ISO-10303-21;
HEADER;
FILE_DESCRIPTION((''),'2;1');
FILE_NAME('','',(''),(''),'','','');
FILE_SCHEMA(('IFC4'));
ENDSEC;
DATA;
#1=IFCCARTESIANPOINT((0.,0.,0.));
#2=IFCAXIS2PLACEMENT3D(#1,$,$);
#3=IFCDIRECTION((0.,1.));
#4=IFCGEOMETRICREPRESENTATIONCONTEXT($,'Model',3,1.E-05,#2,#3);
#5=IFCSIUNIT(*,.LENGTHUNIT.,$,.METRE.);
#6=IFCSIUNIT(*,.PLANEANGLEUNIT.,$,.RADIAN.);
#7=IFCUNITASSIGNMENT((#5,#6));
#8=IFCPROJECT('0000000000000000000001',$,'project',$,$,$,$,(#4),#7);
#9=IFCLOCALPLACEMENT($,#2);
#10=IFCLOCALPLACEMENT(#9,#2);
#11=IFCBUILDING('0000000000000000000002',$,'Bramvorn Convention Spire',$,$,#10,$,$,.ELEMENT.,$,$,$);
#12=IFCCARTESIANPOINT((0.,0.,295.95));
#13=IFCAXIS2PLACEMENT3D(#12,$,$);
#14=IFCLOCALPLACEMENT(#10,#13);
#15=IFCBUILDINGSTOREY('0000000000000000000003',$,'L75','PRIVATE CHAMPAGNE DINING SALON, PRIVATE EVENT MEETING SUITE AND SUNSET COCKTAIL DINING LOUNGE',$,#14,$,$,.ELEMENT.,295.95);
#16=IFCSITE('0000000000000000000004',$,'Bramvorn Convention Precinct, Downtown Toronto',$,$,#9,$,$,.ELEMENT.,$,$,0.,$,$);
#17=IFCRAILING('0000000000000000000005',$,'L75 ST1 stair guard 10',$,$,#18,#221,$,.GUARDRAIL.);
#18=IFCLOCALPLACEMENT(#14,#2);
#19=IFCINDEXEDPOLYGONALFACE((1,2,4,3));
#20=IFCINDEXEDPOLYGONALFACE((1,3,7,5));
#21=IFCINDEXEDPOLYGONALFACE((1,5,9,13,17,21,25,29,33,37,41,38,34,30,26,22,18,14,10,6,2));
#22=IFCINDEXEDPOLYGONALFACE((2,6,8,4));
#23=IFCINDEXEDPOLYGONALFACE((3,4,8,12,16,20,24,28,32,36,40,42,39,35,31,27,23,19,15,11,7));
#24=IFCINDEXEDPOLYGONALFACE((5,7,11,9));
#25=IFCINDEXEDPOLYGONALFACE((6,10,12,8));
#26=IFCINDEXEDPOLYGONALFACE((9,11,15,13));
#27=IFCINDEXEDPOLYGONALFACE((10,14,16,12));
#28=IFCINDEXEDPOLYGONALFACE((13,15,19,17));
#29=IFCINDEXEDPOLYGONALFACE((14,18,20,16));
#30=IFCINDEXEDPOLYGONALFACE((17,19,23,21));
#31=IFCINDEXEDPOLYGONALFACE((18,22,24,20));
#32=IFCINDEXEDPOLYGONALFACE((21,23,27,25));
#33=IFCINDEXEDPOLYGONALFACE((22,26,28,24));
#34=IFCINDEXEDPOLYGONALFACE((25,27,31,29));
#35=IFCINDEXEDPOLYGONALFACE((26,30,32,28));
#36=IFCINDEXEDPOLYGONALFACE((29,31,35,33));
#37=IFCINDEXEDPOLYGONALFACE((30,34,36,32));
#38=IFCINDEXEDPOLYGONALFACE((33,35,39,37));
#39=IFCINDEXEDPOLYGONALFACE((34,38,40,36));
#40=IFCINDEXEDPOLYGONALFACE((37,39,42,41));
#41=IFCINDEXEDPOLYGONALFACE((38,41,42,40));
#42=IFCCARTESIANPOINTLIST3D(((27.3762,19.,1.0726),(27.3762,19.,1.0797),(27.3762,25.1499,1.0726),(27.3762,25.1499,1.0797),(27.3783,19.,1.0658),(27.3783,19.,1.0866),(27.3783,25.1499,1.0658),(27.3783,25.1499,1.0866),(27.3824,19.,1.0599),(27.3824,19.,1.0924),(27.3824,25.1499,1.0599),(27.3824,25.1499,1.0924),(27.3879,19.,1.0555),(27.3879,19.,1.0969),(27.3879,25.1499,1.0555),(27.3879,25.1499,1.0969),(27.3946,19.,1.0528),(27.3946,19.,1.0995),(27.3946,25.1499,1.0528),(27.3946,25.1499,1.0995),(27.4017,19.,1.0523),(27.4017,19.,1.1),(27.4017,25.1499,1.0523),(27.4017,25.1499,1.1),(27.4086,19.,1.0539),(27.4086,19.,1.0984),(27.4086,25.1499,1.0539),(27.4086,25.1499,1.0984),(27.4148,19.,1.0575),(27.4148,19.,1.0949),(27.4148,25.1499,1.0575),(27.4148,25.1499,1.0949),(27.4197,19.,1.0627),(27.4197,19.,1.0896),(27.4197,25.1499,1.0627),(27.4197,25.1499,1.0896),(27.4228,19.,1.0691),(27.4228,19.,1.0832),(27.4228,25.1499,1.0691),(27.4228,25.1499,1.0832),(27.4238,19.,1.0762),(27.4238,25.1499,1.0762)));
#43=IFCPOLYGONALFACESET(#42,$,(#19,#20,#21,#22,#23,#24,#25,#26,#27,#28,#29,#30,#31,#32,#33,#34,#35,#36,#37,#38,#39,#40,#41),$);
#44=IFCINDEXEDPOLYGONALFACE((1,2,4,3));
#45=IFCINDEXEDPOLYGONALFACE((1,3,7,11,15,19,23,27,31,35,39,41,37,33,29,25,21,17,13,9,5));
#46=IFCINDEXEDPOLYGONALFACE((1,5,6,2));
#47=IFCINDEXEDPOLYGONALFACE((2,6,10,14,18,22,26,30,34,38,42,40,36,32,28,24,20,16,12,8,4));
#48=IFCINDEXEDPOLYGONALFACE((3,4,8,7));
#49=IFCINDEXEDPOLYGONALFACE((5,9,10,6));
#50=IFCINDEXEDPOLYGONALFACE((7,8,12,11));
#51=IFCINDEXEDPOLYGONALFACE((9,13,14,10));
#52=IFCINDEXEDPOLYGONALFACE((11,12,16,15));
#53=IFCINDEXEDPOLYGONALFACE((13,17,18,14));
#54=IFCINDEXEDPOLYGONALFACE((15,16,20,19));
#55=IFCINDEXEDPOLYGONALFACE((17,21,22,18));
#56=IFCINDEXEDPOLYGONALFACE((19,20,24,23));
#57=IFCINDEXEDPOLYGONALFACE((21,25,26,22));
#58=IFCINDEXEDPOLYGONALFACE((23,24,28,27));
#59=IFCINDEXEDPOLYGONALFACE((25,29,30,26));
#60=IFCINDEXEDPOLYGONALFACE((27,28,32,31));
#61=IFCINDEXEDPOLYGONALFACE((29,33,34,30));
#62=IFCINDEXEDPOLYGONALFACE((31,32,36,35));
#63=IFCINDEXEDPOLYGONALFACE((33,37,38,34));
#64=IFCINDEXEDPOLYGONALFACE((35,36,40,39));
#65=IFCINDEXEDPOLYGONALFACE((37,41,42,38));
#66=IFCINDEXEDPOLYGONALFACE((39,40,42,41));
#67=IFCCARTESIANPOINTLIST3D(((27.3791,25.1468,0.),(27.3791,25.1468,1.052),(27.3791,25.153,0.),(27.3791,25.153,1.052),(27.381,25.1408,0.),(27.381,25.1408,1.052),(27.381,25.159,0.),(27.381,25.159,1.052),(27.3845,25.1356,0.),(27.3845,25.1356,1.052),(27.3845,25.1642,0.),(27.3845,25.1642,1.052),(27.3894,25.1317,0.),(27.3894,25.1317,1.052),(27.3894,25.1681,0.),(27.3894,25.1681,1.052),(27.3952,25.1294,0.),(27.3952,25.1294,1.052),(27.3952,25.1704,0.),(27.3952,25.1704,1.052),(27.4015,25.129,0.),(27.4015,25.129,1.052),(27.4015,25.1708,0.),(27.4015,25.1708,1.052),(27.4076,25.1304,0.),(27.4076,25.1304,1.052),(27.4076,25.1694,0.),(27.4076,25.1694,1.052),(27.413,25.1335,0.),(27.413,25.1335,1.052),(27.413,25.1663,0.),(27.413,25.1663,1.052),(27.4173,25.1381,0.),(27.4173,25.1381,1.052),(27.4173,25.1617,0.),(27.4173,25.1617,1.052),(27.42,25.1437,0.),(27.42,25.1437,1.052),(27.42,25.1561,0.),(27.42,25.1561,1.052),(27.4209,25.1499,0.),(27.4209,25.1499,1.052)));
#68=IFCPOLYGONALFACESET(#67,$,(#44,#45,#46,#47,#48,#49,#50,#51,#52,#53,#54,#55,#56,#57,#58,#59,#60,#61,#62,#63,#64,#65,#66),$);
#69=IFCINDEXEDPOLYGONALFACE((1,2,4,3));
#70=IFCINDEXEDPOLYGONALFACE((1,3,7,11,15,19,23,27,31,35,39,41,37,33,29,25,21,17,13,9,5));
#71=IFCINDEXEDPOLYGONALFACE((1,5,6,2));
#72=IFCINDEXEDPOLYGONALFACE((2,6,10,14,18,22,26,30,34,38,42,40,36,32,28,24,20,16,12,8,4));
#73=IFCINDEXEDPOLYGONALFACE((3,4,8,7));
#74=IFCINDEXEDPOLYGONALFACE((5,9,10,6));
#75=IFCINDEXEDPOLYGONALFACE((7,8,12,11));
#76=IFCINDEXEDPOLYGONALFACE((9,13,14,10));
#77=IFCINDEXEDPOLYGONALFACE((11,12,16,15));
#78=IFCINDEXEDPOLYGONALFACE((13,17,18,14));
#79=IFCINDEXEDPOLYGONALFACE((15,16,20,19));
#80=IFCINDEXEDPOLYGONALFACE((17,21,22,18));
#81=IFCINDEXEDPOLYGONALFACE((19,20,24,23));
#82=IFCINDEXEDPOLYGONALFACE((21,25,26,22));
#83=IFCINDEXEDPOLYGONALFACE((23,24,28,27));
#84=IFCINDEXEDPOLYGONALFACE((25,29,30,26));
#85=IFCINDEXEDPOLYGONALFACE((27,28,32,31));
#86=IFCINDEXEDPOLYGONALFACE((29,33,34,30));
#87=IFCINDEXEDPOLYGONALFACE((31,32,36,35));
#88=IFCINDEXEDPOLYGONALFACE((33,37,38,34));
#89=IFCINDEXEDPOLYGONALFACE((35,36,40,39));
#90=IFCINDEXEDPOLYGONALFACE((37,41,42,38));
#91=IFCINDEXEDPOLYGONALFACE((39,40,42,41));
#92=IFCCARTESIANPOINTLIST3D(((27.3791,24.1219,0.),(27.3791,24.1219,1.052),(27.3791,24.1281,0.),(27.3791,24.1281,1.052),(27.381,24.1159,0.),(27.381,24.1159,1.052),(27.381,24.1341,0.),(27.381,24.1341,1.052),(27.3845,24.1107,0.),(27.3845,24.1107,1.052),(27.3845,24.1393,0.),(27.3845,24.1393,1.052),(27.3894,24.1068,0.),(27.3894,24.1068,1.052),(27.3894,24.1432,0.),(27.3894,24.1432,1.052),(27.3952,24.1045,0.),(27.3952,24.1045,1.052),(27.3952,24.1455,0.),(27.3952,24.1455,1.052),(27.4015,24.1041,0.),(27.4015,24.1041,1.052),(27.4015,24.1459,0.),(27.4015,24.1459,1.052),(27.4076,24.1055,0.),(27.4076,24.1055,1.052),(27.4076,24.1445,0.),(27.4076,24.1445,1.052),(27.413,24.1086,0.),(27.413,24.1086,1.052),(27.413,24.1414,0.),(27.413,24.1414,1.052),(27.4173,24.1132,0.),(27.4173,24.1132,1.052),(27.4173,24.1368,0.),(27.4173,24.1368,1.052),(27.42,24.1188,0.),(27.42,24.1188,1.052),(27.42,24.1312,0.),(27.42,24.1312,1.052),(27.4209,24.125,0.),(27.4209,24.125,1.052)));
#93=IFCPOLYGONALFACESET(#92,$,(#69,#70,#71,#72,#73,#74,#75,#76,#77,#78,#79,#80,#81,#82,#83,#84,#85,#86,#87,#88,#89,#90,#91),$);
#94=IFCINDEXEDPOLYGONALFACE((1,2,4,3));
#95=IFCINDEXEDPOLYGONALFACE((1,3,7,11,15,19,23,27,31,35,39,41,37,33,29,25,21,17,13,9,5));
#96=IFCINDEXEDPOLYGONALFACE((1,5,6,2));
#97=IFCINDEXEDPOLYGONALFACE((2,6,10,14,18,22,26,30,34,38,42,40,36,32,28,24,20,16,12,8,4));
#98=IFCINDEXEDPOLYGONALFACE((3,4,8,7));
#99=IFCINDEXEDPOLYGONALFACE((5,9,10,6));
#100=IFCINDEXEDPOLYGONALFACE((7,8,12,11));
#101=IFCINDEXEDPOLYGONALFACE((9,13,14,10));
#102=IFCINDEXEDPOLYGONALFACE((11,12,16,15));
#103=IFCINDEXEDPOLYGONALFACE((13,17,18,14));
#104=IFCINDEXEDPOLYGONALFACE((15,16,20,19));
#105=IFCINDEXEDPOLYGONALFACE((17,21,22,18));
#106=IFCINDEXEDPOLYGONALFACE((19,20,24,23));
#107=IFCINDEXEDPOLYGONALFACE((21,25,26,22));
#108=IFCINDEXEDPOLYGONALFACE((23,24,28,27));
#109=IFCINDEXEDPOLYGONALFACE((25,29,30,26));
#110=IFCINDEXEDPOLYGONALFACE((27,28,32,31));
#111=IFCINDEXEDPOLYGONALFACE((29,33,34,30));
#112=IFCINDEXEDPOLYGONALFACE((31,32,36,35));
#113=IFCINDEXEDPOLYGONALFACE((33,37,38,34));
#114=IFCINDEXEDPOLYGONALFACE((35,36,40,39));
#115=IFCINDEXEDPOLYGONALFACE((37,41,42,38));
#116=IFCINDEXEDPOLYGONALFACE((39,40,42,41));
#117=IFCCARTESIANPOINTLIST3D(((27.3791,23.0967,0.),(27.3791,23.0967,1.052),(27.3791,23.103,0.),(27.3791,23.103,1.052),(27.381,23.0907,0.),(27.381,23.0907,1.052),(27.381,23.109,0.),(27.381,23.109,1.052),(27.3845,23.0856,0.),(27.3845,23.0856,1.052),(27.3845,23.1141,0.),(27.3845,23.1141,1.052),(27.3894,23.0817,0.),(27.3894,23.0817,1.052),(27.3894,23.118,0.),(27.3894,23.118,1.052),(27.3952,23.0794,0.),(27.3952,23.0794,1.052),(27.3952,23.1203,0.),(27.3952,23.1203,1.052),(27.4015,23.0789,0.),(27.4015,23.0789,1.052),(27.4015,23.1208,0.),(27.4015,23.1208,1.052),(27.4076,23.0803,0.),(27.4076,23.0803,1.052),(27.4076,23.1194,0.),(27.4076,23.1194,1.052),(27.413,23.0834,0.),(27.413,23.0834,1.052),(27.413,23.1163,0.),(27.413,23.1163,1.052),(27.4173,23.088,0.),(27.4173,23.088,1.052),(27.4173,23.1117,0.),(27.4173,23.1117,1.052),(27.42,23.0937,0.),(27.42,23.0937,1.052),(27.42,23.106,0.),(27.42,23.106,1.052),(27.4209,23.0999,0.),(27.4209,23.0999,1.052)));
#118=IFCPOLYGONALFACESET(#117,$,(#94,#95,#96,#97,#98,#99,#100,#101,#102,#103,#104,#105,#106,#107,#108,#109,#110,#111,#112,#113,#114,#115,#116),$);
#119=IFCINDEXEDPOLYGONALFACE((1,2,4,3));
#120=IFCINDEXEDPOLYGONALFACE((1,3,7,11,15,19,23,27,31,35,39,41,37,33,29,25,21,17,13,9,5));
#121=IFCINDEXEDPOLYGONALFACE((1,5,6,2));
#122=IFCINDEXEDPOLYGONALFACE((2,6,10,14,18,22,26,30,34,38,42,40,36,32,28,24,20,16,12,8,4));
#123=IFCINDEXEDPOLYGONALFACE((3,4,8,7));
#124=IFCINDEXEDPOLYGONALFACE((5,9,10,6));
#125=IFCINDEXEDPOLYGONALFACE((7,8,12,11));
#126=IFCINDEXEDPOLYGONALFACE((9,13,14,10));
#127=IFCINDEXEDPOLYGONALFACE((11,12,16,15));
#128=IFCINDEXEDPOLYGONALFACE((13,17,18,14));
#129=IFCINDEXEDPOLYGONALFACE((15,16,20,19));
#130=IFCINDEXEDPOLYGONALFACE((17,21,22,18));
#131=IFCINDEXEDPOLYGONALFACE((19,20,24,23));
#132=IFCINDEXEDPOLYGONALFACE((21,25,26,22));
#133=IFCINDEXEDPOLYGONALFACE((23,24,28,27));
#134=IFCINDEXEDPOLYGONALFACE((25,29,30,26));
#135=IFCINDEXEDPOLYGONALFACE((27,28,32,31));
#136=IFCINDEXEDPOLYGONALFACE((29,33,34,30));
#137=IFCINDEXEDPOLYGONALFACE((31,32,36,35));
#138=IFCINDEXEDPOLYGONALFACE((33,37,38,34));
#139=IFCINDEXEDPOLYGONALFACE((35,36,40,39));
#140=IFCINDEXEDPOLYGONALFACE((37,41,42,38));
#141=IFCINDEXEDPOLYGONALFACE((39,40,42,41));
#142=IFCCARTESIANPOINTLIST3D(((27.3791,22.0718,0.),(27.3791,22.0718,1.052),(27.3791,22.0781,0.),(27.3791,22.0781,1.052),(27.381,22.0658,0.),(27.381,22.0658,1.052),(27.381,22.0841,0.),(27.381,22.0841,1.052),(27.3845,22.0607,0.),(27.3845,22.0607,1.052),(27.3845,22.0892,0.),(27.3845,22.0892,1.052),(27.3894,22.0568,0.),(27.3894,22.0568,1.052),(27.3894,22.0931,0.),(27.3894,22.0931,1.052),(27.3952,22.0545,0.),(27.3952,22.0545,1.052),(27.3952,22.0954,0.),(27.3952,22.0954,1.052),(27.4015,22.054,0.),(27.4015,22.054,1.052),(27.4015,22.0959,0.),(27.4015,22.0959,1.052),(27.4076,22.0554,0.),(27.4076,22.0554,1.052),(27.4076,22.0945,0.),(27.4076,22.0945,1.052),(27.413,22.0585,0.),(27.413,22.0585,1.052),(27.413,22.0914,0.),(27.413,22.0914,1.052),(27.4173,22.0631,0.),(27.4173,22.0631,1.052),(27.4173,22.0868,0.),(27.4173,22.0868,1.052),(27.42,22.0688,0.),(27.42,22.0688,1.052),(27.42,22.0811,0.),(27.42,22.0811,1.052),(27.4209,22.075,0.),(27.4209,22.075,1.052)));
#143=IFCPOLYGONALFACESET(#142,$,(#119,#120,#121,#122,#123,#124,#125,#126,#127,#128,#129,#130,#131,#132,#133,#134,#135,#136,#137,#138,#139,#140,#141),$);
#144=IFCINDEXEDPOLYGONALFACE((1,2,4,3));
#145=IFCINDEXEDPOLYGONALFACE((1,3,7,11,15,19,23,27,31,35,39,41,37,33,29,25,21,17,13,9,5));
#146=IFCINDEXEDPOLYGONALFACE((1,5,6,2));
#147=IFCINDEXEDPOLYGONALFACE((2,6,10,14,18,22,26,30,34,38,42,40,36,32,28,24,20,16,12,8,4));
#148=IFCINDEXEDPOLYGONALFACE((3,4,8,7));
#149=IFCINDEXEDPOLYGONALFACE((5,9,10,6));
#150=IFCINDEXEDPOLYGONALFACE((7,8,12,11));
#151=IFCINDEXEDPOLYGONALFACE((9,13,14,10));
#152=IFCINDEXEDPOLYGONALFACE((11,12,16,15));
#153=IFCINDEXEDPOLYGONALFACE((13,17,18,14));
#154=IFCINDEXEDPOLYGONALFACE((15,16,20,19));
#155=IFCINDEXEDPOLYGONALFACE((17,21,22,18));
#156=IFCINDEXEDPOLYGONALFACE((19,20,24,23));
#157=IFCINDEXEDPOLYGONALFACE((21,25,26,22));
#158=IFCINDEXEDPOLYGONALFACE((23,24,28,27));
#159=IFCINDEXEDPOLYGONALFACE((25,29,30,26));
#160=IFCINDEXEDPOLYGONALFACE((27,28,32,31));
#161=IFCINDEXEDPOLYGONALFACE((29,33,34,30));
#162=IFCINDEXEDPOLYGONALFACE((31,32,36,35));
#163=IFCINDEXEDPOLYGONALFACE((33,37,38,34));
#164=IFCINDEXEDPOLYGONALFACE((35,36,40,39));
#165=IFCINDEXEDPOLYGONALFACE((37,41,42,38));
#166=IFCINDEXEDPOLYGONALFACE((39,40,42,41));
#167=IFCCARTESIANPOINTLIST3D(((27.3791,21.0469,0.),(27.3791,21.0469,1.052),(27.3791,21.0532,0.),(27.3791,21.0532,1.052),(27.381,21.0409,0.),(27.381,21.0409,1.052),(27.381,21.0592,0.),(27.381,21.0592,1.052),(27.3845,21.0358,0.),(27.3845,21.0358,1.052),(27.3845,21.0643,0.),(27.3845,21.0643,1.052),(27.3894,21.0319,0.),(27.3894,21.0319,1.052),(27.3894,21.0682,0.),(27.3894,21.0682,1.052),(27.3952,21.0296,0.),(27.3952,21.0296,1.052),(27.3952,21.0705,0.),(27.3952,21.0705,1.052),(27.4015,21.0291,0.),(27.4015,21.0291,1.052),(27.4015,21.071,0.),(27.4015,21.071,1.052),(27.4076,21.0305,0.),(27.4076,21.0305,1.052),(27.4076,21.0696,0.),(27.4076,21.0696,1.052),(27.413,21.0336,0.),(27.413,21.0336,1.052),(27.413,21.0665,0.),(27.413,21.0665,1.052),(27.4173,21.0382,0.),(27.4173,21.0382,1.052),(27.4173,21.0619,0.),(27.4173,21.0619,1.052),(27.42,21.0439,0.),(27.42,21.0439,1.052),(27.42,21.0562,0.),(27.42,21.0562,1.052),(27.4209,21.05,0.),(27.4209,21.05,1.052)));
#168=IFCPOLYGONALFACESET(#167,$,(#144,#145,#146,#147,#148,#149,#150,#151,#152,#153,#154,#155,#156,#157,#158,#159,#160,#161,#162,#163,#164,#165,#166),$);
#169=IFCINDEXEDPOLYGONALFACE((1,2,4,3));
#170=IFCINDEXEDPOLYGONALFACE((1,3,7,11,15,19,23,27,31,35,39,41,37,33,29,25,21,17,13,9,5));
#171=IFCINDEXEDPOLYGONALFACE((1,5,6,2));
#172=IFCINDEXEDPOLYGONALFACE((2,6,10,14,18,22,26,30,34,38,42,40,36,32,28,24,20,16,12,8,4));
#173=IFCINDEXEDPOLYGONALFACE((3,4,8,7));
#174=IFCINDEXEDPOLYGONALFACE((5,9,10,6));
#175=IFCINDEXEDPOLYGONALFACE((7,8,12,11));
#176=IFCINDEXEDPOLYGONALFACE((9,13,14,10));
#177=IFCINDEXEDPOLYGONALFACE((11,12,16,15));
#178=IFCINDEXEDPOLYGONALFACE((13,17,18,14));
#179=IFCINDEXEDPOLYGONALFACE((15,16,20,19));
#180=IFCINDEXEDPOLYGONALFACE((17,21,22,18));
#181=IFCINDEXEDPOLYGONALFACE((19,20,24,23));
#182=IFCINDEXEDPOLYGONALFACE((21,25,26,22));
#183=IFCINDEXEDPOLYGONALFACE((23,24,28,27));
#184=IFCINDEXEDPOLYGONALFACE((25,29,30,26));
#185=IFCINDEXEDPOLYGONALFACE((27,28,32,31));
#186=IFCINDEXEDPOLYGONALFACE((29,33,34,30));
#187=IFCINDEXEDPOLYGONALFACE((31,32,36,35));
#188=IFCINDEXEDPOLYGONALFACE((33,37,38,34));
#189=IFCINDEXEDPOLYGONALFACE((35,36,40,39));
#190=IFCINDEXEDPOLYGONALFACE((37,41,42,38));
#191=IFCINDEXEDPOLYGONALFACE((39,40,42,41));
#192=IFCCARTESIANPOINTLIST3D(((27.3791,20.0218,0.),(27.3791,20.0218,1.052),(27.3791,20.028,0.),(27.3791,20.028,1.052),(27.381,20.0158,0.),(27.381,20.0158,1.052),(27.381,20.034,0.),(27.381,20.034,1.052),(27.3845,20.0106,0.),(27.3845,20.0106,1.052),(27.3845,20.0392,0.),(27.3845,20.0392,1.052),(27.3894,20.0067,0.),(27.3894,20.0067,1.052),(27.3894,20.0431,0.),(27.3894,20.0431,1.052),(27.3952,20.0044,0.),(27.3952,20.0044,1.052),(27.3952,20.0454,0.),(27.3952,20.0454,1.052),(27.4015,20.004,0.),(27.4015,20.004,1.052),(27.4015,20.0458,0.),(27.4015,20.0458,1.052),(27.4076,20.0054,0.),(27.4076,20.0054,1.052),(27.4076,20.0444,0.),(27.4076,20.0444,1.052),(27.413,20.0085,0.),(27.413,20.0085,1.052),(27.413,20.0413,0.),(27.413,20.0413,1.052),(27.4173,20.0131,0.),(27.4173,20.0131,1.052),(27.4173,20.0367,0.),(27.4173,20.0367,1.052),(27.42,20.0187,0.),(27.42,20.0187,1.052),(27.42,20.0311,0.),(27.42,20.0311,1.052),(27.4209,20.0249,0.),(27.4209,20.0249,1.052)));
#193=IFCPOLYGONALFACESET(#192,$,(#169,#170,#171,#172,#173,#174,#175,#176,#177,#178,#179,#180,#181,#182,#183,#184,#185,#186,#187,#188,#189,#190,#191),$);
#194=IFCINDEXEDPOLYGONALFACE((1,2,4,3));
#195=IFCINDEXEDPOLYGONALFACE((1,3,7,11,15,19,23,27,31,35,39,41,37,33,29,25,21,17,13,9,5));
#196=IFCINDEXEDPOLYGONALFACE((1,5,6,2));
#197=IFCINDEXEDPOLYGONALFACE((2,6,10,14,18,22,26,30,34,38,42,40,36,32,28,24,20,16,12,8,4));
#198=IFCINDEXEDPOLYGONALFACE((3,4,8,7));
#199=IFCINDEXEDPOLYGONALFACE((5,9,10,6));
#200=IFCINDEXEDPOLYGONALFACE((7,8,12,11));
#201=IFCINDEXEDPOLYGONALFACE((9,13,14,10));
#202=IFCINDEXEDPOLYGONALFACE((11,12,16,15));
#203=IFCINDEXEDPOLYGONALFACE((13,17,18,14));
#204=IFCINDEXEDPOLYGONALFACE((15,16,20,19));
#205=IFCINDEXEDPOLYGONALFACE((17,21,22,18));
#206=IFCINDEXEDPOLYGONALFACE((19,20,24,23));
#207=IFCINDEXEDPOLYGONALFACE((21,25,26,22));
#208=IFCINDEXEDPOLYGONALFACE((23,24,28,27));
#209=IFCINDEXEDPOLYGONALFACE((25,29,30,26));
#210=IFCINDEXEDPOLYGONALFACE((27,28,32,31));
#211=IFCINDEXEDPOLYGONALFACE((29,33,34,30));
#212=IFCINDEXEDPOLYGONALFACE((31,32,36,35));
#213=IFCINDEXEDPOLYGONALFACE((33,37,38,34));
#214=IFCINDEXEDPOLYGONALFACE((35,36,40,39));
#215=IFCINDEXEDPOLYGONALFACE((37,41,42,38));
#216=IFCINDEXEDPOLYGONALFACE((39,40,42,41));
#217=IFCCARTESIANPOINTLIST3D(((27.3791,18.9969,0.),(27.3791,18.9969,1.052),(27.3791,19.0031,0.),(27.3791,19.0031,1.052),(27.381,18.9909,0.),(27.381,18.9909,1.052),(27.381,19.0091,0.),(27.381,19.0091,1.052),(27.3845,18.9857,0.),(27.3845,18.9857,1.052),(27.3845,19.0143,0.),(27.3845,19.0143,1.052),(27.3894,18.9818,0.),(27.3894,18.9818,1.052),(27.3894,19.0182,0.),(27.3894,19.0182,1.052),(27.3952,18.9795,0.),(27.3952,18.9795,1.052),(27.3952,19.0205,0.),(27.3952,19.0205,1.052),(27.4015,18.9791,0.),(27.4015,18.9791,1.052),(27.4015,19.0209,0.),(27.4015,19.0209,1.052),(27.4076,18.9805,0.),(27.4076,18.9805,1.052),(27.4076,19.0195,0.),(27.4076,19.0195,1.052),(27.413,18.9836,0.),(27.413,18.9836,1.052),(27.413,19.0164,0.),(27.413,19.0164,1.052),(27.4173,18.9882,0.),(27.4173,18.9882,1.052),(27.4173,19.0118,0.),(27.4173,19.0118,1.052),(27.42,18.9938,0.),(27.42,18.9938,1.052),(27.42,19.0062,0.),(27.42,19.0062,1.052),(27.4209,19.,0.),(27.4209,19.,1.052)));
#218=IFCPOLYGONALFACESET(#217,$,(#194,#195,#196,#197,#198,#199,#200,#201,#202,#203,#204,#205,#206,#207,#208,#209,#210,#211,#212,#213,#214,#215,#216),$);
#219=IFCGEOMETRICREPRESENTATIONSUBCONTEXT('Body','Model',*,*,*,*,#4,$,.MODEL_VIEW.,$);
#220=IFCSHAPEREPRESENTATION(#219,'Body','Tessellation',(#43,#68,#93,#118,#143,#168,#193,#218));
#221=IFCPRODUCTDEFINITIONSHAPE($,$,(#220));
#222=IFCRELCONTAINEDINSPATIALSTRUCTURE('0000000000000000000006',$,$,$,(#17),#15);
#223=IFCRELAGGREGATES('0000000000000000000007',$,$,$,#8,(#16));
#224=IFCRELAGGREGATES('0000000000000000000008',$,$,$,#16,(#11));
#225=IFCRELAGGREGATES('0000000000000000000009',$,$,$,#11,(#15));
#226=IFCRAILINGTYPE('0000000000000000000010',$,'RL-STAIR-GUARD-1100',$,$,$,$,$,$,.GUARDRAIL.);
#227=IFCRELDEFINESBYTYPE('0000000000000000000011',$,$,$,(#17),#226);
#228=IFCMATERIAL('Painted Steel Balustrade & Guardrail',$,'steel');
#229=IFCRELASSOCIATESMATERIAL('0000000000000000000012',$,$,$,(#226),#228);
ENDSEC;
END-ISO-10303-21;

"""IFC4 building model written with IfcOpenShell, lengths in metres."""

from ifc_helpers import new_model, si_unit, direction, frame, origin, origin_2d, place, context, subcontext, project, spatial, circle, extrude, material, type_object, element, save


model = new_model("IFC4")

# Units and contexts
model_context = context("Model", 3, precision=1e-05, world=origin(), true_north=direction((0.0, 1.0)))
body_context = subcontext(model_context, "Body", "Model", "MODEL_VIEW")
ifc_project = project(units=[si_unit("LENGTHUNIT", "METRE"), si_unit("PLANEANGLEUNIT", "RADIAN")], contexts=[model_context])

# Site, building, storey
site_placement = place(None, origin())
site = spatial("IfcSite", under=ifc_project, at=site_placement, Name="Bramvorn Convention Precinct, Downtown Toronto", CompositionType="ELEMENT", RefElevation=0.0)
building_placement = place(site_placement, origin())
building = spatial("IfcBuilding", under=site, at=building_placement, Name="Bramvorn Convention Spire", CompositionType="ELEMENT")
storey_placement = place(building_placement, frame((0.0, 0.0, 295.95)))
storey = spatial("IfcBuildingStorey", under=building, at=storey_placement, Name="L75", Description="PRIVATE CHAMPAGNE DINING SALON, PRIVATE EVENT MEETING SUITE AND SUNSET COCKTAIL DINING LOUNGE", CompositionType="ELEMENT", Elevation=295.95)

# Railing
ifc_material_1 = material(Name="Painted Steel Balustrade & Guardrail", Category="steel")
railing_type = type_object("IfcRailingType", Name="RL-STAIR-GUARD-1100", PredefinedType="GUARDRAIL", material=ifc_material_1)
railing_1_placement = place(storey_placement, frame((27.3999, 25.1499, 0.0)))
element("IfcRailing", 1, at=railing_1_placement, inside=storey, type_object=railing_type, Name="L75 ST1 stair guard 10", PredefinedType="GUARDRAIL", context=body_context, shape_type="SweptSolid", body=[
    extrude(circle(Radius=0.0239, at=origin_2d()), frame((0.0, 0.0, 1.0762), z_axis=(0.0, -1.0, 0.0), x_axis=(1.0, 0.0, 0.0)), (0.0, 0.0, 1.0), 6.1499),
    extrude(circle(Radius=0.021, at=origin_2d()), origin(), (0.0, 0.0, 1.0), 1.052),
    extrude(circle(Radius=0.021, at=origin_2d()), frame((0.0, -1.0249, 0.0)), (0.0, 0.0, 1.0), 1.052),
    extrude(circle(Radius=0.021, at=origin_2d()), frame((0.0, -2.05, 0.0)), (0.0, 0.0, 1.0), 1.052),
    extrude(circle(Radius=0.021, at=origin_2d()), frame((0.0, -3.075, 0.0)), (0.0, 0.0, 1.0), 1.052),
    extrude(circle(Radius=0.021, at=origin_2d()), frame((0.0, -4.0999, 0.0)), (0.0, 0.0, 1.0), 1.052),
    extrude(circle(Radius=0.021, at=origin_2d()), frame((0.0, -5.125, 0.0)), (0.0, 0.0, 1.0), 1.052),
    extrude(circle(Radius=0.021, at=origin_2d()), frame((0.0, -6.1499, 0.0)), (0.0, 0.0, 1.0), 1.052),
])

save(model, "model.ifc")
